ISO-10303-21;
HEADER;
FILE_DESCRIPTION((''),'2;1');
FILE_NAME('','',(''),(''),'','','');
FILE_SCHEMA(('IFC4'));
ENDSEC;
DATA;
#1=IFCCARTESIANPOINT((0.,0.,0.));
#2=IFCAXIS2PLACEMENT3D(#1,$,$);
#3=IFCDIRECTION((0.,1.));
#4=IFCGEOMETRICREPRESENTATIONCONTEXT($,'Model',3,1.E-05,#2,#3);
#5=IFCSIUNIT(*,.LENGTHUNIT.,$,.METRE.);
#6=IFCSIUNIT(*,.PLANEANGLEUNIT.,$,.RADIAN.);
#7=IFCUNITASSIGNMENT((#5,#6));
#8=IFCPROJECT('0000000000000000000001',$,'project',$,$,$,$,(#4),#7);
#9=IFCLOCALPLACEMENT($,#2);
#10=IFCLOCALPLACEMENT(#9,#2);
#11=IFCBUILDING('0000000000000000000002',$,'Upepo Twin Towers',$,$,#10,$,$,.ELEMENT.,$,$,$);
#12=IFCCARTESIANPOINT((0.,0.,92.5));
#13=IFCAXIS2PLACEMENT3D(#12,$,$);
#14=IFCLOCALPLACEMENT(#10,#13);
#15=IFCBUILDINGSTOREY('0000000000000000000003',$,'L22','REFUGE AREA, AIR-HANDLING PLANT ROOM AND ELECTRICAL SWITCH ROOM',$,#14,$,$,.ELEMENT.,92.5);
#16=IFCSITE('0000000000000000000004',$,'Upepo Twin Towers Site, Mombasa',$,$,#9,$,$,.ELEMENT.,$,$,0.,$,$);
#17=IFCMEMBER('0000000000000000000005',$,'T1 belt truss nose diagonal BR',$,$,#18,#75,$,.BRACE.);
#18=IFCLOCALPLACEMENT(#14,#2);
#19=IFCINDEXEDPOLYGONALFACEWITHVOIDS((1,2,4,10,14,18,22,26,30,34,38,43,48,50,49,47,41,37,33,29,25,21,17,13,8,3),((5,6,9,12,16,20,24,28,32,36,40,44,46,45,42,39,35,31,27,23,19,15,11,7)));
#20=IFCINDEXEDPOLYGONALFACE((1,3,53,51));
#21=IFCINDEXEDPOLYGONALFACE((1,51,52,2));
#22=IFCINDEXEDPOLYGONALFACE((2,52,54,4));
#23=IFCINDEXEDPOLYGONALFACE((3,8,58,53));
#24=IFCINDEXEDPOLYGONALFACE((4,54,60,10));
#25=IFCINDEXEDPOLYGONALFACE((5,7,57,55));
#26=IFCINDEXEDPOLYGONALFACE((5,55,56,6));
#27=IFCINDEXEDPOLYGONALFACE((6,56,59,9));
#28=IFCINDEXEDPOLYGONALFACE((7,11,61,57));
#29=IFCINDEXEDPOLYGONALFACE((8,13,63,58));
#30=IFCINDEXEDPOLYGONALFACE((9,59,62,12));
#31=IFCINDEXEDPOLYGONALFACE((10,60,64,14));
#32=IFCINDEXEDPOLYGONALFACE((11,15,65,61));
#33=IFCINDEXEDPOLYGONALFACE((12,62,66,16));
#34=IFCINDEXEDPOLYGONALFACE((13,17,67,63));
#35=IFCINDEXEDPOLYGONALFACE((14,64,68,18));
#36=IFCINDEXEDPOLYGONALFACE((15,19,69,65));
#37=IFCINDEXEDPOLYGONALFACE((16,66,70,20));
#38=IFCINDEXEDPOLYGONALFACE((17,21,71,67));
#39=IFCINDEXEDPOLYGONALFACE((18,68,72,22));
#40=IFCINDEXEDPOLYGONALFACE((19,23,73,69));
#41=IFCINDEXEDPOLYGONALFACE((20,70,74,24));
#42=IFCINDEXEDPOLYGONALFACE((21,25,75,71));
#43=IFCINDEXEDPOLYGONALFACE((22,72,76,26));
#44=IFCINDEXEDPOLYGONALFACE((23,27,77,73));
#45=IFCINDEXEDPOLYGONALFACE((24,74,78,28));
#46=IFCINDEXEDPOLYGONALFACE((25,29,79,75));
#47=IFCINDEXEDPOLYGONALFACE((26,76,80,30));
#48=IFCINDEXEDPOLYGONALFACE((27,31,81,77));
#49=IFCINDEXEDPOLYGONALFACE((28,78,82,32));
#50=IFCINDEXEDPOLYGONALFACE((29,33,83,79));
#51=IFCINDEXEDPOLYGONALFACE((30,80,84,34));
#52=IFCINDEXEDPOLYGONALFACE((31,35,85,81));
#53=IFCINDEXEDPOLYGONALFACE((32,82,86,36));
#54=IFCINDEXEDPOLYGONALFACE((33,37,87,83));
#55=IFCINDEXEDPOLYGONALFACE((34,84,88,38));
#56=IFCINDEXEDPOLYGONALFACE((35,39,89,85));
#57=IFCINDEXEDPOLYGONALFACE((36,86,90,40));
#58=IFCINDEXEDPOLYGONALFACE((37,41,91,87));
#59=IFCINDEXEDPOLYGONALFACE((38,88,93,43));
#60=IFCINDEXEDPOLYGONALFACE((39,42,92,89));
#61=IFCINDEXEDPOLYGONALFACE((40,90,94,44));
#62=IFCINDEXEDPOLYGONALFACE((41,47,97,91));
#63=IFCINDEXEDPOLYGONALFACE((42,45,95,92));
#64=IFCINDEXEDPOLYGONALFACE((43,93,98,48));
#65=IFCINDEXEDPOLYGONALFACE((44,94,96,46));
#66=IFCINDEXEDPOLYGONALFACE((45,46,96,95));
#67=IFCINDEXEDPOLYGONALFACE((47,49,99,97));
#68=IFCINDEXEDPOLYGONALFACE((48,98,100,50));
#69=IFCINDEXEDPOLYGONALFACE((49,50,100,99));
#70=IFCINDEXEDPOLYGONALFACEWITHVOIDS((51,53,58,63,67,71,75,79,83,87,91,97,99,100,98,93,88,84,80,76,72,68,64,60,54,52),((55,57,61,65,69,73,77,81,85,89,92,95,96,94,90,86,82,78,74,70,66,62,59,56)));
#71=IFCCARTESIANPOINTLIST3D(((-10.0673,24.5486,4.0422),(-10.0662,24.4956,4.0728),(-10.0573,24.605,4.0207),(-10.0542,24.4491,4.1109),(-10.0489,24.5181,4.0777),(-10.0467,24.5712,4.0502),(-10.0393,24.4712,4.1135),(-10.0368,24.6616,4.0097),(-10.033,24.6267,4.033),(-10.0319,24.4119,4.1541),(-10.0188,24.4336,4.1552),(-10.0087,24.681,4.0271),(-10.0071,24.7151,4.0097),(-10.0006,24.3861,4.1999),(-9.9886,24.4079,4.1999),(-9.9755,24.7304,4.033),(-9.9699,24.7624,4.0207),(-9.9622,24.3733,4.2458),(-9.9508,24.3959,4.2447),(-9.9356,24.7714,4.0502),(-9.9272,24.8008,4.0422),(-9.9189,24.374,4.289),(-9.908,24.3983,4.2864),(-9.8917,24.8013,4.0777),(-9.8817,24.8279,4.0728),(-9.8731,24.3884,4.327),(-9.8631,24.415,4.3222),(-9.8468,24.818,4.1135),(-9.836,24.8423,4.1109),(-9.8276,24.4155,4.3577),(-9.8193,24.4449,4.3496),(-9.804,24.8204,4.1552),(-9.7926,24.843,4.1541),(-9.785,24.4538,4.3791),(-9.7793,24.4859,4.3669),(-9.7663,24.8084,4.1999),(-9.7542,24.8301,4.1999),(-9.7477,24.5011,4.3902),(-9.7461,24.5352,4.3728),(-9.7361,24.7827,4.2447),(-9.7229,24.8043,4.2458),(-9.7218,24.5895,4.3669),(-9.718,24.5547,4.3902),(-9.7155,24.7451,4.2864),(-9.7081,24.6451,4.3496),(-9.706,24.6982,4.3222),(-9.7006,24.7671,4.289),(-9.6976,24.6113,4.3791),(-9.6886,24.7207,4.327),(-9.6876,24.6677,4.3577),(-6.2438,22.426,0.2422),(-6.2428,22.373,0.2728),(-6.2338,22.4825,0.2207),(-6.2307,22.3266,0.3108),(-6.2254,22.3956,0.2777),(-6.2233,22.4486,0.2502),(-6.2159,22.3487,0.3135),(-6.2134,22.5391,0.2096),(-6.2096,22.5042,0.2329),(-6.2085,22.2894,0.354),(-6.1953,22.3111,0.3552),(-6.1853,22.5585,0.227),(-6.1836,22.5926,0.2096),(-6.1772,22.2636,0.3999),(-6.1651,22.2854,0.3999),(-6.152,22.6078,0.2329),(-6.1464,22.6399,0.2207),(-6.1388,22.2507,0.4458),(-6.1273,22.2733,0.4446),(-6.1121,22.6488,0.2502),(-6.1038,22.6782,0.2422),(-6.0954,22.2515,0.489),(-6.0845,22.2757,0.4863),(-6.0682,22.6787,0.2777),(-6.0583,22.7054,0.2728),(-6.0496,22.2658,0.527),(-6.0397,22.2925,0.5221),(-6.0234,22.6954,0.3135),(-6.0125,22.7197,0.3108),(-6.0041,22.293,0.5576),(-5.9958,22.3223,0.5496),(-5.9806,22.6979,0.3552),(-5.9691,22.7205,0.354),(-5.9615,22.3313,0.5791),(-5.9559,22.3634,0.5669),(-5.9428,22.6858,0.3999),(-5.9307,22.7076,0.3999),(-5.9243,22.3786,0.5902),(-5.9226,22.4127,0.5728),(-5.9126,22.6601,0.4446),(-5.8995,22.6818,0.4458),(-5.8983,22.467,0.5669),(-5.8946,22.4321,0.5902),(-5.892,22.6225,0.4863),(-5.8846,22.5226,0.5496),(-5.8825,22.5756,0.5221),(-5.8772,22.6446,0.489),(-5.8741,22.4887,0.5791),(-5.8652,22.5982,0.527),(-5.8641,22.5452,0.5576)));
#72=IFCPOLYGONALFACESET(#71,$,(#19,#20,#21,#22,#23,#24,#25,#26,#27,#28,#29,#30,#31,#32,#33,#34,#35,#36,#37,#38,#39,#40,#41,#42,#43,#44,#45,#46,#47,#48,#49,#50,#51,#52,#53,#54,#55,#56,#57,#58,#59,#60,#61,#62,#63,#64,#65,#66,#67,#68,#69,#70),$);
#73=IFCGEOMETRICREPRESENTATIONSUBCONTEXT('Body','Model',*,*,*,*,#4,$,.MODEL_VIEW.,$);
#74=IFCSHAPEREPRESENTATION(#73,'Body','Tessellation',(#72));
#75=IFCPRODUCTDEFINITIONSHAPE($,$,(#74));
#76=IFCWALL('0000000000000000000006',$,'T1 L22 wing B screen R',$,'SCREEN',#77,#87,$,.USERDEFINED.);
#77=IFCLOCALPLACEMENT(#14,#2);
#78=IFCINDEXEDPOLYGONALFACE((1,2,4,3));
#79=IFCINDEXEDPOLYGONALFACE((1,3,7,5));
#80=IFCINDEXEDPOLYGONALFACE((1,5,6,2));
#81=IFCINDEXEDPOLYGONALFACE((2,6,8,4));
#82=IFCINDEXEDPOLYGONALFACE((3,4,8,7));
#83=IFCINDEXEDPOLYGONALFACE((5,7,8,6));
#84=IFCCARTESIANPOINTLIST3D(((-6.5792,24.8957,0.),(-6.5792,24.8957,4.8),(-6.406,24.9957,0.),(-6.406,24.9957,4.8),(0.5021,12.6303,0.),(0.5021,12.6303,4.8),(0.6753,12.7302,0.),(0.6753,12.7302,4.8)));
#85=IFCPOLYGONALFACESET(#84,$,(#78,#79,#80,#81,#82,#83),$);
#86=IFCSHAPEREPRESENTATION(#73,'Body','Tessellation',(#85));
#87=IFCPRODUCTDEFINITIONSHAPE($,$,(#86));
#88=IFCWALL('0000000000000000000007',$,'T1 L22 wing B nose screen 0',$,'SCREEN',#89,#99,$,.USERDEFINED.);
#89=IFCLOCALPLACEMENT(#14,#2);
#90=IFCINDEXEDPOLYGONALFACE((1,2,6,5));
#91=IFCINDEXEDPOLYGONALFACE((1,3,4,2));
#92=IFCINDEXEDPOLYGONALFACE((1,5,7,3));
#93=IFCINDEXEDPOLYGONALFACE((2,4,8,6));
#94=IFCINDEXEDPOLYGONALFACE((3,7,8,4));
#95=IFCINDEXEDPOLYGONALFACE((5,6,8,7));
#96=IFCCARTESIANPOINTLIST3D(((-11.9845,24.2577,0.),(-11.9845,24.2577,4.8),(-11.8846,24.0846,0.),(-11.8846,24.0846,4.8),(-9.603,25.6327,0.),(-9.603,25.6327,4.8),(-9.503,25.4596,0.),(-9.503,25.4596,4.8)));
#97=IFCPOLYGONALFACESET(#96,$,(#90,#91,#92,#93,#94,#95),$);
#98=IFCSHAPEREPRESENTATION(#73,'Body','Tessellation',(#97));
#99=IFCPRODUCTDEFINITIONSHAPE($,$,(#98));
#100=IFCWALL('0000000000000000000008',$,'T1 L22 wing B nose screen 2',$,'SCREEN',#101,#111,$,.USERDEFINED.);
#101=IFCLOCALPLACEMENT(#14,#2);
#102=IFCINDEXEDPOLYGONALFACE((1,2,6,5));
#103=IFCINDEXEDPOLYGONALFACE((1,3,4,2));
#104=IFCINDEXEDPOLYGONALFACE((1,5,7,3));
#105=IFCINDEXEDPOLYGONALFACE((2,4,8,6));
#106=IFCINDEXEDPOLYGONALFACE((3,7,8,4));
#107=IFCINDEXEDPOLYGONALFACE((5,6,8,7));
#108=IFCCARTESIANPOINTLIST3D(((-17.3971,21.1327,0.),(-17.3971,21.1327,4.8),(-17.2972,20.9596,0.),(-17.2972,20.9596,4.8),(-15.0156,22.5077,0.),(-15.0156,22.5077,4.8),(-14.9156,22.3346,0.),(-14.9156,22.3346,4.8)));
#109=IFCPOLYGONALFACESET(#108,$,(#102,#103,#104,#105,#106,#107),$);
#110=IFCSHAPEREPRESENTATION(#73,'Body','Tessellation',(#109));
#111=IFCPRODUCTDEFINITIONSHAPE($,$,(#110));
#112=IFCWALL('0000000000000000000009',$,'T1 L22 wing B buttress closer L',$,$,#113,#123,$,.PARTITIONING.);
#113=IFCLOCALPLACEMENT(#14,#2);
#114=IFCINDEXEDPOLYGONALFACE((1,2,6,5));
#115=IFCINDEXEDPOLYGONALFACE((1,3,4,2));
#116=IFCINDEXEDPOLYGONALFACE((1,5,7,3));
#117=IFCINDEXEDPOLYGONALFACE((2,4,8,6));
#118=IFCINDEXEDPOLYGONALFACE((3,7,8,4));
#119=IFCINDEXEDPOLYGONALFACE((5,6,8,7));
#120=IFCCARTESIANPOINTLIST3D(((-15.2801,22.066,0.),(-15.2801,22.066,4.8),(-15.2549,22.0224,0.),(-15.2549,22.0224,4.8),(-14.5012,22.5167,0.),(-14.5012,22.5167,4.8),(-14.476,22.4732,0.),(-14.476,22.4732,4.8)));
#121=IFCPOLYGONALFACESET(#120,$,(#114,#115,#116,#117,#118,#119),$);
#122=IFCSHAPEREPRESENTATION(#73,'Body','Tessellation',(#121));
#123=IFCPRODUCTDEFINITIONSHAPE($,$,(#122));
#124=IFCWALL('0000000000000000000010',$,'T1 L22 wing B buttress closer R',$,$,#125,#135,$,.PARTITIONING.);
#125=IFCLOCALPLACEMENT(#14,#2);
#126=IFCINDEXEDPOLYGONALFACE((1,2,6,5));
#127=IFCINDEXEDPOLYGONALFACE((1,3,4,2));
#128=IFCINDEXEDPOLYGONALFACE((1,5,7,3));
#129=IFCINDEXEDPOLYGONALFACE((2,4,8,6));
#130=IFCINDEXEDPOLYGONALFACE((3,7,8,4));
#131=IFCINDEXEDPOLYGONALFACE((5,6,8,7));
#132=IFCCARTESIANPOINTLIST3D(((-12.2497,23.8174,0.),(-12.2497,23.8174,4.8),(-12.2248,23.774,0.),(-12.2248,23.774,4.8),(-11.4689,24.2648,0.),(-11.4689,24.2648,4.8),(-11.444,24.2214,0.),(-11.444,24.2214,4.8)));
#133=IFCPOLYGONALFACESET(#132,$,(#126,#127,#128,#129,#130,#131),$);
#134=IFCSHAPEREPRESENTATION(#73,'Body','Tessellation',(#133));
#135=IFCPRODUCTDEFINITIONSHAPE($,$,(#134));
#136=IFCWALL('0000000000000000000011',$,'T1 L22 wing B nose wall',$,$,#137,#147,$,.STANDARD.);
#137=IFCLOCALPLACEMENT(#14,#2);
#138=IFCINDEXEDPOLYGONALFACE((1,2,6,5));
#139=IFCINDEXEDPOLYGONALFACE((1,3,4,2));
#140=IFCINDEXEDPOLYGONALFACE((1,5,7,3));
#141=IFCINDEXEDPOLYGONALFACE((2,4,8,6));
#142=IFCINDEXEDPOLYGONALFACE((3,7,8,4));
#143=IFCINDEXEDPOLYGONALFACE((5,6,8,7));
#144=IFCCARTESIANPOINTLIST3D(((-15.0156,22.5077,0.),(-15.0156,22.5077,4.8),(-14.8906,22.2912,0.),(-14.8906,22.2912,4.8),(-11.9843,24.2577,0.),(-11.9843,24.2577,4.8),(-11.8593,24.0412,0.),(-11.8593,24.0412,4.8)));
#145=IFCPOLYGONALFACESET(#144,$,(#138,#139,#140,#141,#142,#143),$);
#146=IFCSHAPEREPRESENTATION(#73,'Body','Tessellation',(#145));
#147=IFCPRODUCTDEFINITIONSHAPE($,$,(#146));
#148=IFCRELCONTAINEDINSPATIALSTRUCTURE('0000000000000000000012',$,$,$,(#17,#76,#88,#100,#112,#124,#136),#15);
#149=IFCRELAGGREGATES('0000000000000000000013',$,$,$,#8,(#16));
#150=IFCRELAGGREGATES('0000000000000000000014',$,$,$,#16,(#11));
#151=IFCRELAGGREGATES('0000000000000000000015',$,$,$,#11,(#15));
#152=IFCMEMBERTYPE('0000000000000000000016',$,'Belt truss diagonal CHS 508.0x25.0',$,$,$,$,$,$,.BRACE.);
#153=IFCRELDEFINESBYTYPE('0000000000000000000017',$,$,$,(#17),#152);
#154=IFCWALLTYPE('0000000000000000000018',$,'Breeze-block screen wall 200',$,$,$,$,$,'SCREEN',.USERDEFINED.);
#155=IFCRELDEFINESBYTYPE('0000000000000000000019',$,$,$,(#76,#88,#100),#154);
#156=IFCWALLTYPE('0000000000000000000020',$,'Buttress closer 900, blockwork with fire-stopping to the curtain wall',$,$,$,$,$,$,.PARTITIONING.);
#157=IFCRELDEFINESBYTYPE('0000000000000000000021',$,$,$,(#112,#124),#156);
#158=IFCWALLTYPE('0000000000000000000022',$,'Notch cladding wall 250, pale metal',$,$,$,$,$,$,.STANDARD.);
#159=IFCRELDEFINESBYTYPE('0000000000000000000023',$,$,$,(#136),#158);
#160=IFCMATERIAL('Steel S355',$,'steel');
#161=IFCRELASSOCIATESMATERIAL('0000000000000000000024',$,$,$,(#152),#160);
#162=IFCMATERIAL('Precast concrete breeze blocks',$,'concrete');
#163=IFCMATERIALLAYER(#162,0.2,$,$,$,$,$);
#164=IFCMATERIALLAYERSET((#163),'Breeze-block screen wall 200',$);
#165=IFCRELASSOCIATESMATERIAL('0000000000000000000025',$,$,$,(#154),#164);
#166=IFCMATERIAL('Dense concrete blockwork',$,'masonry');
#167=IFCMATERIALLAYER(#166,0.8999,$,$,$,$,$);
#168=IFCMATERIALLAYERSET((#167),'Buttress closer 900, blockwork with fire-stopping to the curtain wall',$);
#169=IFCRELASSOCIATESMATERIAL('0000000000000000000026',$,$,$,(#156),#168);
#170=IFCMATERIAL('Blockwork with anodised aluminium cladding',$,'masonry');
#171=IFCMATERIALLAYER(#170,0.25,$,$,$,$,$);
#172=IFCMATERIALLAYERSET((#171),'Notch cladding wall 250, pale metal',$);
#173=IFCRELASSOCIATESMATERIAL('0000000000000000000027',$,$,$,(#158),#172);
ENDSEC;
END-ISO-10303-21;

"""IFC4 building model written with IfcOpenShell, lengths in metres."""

from ifc_helpers import new_model, si_unit, direction, frame, frame_2d, origin, origin_2d, place, context, subcontext, project, spatial, rectangle, hollow_circle, extrude, material, layer, layer_set, material_profile, profile_set, type_object, element, save


model = new_model("IFC4")

# Units and contexts
model_context = context("Model", 3, precision=1e-05, world=origin(), true_north=direction((0.0, 1.0)))
body_context = subcontext(model_context, "Body", "Model", "MODEL_VIEW")
ifc_project = project(units=[si_unit("LENGTHUNIT", "METRE"), si_unit("PLANEANGLEUNIT", "RADIAN")], contexts=[model_context])

# Site, building, storey
site_placement = place(None, origin())
site = spatial("IfcSite", under=ifc_project, at=site_placement, Name="Upepo Twin Towers Site, Mombasa", CompositionType="ELEMENT", RefElevation=0.0)
building_placement = place(site_placement, origin())
building = spatial("IfcBuilding", under=site, at=building_placement, Name="Upepo Twin Towers", CompositionType="ELEMENT")
storey_placement = place(building_placement, frame((0.0, 0.0, 92.5)))
storey = spatial("IfcBuildingStorey", under=building, at=storey_placement, Name="L22", Description="REFUGE AREA, AIR-HANDLING PLANT ROOM AND ELECTRICAL SWITCH ROOM", CompositionType="ELEMENT", Elevation=92.5)

# Member
ifc_material_1 = material(Name="Steel S355", Category="steel")
ifc_material_profile_1 = material_profile(ifc_material_1, hollow_circle(Radius=0.2539, WallThickness=0.0249, at=origin_2d()), Name="CHS 508.0x25.0")
ifc_profile_set_1 = profile_set([ifc_material_profile_1], Name="Steel S355")
member_type = type_object("IfcMemberType", Name="Belt truss diagonal CHS 508.0x25.0", PredefinedType="BRACE", material=ifc_profile_set_1)
member_1_placement = place(storey_placement, frame((-6.054, 22.4856, 0.3999), z_axis=(-0.659961, 0.366369, 0.655916), x_axis=(-0.485363, -0.874313, 0.0)))
element("IfcMember", 1, at=member_1_placement, inside=storey, type_object=member_type, Name="T1 belt truss nose diagonal BR", PredefinedType="BRACE", context=body_context, shape_type="SweptSolid", body=[
    extrude(hollow_circle(Radius=0.2539, WallThickness=0.0249, at=origin_2d()), origin(), (0.0, 0.0, 1.0), 5.7935),
])

# Walls
ifc_material_2 = material(Name="Precast concrete breeze blocks", Category="concrete")
ifc_layer_1 = layer(ifc_material_2, 0.2)
ifc_layer_set_1 = layer_set([ifc_layer_1], Name="Breeze-block screen wall 200")
wall_type_1 = type_object("IfcWallType", Name="Breeze-block screen wall 200", ElementType="SCREEN", PredefinedType="USERDEFINED", material=ifc_layer_set_1)
wall_1_placement = place(storey_placement, frame((-6.4927, 24.9458, 0.0), z_axis=(0.0, 0.0, 1.0), x_axis=(0.499994, -0.866029, 0.0)))
element("IfcWall", 2, at=wall_1_placement, inside=storey, type_object=wall_type_1, Name="T1 L22 wing B screen R", ObjectType="SCREEN", PredefinedType="USERDEFINED", context=body_context, shape_type="SweptSolid", body=[
    extrude(rectangle(XDim=14.1628, YDim=0.2, at=frame_2d((7.0815, 0.0))), origin(), (0.0, 0.0, 1.0), 4.8),
])
for number, where, z_axis, x_axis, name in (
    (3, (-9.553, 25.5461, 0.0), (0.0, 0.0, 1.0), (-0.866027, -0.499997, 0.0), "T1 L22 wing B nose screen 0"),
    (4, (-14.9656, 22.4211, 0.0), (0.0, 0.0, 1.0), (-0.866027, -0.499997, 0.0), "T1 L22 wing B nose screen 2"),
):
    element("IfcWall", number, at=place(storey_placement, frame(where, z_axis=z_axis, x_axis=x_axis)), inside=storey, type_object=wall_type_1, Name=name, ObjectType="SCREEN", PredefinedType="USERDEFINED", context=body_context, shape_type="SweptSolid", body=[
        extrude(rectangle(XDim=2.75, YDim=0.2, at=frame_2d((1.375, 0.0))), origin(), (0.0, 0.0, 1.0), 4.8),
    ])
ifc_material_3 = material(Name="Dense concrete blockwork", Category="masonry")
ifc_layer_2 = layer(ifc_material_3, 0.8999)
ifc_layer_set_2 = layer_set([ifc_layer_2], Name="Buttress closer 900, blockwork with fire-stopping to the curtain wall")
wall_type_2 = type_object("IfcWallType", Name="Buttress closer 900, blockwork with fire-stopping to the curtain wall", PredefinedType="PARTITIONING", material=ifc_layer_set_2)
wall_2_placement = place(storey_placement, frame((-14.8655, 22.2478, 0.0), z_axis=(0.0, 0.0, 1.0), x_axis=(-0.500845, 0.865537, 0.0)))
element("IfcWall", 5, at=wall_2_placement, inside=storey, type_object=wall_type_2, Name="T1 L22 wing B buttress closer L", PredefinedType="PARTITIONING", context=body_context, shape_type="SweptSolid", body=[
    extrude(rectangle(XDim=0.0503, YDim=0.8999, at=frame_2d((0.0251, 0.0))), origin(), (0.0, 0.0, 1.0), 4.8),
])
wall_3_placement = place(storey_placement, frame((-11.8345, 23.9978, 0.0), z_axis=(0.0, 0.0, 1.0), x_axis=(-0.497188, 0.867643, 0.0)))
element("IfcWall", 6, at=wall_3_placement, inside=storey, type_object=wall_type_2, Name="T1 L22 wing B buttress closer R", PredefinedType="PARTITIONING", context=body_context, shape_type="SweptSolid", body=[
    extrude(rectangle(XDim=0.05, YDim=0.8999, at=frame_2d((0.0249, 0.0))), origin(), (0.0, 0.0, 1.0), 4.8),
])
ifc_material_4 = material(Name="Blockwork with anodised aluminium cladding", Category="masonry")
ifc_layer_3 = layer(ifc_material_4, 0.25)
ifc_layer_set_3 = layer_set([ifc_layer_3], Name="Notch cladding wall 250, pale metal")
wall_type_3 = type_object("IfcWallType", Name="Notch cladding wall 250, pale metal", PredefinedType="STANDARD", material=ifc_layer_set_3)
wall_4_placement = place(storey_placement, frame((-11.9219, 24.1494, 0.0), z_axis=(0.0, 0.0, 1.0), x_axis=(-0.866037, -0.49998, 0.0)))
element("IfcWall", 7, at=wall_4_placement, inside=storey, type_object=wall_type_3, Name="T1 L22 wing B nose wall", PredefinedType="STANDARD", context=body_context, shape_type="SweptSolid", body=[
    extrude(rectangle(XDim=3.5002, YDim=0.25, at=frame_2d((1.75, 0.0))), origin(), (0.0, 0.0, 1.0), 4.8),
])

save(model, "model.ifc")
